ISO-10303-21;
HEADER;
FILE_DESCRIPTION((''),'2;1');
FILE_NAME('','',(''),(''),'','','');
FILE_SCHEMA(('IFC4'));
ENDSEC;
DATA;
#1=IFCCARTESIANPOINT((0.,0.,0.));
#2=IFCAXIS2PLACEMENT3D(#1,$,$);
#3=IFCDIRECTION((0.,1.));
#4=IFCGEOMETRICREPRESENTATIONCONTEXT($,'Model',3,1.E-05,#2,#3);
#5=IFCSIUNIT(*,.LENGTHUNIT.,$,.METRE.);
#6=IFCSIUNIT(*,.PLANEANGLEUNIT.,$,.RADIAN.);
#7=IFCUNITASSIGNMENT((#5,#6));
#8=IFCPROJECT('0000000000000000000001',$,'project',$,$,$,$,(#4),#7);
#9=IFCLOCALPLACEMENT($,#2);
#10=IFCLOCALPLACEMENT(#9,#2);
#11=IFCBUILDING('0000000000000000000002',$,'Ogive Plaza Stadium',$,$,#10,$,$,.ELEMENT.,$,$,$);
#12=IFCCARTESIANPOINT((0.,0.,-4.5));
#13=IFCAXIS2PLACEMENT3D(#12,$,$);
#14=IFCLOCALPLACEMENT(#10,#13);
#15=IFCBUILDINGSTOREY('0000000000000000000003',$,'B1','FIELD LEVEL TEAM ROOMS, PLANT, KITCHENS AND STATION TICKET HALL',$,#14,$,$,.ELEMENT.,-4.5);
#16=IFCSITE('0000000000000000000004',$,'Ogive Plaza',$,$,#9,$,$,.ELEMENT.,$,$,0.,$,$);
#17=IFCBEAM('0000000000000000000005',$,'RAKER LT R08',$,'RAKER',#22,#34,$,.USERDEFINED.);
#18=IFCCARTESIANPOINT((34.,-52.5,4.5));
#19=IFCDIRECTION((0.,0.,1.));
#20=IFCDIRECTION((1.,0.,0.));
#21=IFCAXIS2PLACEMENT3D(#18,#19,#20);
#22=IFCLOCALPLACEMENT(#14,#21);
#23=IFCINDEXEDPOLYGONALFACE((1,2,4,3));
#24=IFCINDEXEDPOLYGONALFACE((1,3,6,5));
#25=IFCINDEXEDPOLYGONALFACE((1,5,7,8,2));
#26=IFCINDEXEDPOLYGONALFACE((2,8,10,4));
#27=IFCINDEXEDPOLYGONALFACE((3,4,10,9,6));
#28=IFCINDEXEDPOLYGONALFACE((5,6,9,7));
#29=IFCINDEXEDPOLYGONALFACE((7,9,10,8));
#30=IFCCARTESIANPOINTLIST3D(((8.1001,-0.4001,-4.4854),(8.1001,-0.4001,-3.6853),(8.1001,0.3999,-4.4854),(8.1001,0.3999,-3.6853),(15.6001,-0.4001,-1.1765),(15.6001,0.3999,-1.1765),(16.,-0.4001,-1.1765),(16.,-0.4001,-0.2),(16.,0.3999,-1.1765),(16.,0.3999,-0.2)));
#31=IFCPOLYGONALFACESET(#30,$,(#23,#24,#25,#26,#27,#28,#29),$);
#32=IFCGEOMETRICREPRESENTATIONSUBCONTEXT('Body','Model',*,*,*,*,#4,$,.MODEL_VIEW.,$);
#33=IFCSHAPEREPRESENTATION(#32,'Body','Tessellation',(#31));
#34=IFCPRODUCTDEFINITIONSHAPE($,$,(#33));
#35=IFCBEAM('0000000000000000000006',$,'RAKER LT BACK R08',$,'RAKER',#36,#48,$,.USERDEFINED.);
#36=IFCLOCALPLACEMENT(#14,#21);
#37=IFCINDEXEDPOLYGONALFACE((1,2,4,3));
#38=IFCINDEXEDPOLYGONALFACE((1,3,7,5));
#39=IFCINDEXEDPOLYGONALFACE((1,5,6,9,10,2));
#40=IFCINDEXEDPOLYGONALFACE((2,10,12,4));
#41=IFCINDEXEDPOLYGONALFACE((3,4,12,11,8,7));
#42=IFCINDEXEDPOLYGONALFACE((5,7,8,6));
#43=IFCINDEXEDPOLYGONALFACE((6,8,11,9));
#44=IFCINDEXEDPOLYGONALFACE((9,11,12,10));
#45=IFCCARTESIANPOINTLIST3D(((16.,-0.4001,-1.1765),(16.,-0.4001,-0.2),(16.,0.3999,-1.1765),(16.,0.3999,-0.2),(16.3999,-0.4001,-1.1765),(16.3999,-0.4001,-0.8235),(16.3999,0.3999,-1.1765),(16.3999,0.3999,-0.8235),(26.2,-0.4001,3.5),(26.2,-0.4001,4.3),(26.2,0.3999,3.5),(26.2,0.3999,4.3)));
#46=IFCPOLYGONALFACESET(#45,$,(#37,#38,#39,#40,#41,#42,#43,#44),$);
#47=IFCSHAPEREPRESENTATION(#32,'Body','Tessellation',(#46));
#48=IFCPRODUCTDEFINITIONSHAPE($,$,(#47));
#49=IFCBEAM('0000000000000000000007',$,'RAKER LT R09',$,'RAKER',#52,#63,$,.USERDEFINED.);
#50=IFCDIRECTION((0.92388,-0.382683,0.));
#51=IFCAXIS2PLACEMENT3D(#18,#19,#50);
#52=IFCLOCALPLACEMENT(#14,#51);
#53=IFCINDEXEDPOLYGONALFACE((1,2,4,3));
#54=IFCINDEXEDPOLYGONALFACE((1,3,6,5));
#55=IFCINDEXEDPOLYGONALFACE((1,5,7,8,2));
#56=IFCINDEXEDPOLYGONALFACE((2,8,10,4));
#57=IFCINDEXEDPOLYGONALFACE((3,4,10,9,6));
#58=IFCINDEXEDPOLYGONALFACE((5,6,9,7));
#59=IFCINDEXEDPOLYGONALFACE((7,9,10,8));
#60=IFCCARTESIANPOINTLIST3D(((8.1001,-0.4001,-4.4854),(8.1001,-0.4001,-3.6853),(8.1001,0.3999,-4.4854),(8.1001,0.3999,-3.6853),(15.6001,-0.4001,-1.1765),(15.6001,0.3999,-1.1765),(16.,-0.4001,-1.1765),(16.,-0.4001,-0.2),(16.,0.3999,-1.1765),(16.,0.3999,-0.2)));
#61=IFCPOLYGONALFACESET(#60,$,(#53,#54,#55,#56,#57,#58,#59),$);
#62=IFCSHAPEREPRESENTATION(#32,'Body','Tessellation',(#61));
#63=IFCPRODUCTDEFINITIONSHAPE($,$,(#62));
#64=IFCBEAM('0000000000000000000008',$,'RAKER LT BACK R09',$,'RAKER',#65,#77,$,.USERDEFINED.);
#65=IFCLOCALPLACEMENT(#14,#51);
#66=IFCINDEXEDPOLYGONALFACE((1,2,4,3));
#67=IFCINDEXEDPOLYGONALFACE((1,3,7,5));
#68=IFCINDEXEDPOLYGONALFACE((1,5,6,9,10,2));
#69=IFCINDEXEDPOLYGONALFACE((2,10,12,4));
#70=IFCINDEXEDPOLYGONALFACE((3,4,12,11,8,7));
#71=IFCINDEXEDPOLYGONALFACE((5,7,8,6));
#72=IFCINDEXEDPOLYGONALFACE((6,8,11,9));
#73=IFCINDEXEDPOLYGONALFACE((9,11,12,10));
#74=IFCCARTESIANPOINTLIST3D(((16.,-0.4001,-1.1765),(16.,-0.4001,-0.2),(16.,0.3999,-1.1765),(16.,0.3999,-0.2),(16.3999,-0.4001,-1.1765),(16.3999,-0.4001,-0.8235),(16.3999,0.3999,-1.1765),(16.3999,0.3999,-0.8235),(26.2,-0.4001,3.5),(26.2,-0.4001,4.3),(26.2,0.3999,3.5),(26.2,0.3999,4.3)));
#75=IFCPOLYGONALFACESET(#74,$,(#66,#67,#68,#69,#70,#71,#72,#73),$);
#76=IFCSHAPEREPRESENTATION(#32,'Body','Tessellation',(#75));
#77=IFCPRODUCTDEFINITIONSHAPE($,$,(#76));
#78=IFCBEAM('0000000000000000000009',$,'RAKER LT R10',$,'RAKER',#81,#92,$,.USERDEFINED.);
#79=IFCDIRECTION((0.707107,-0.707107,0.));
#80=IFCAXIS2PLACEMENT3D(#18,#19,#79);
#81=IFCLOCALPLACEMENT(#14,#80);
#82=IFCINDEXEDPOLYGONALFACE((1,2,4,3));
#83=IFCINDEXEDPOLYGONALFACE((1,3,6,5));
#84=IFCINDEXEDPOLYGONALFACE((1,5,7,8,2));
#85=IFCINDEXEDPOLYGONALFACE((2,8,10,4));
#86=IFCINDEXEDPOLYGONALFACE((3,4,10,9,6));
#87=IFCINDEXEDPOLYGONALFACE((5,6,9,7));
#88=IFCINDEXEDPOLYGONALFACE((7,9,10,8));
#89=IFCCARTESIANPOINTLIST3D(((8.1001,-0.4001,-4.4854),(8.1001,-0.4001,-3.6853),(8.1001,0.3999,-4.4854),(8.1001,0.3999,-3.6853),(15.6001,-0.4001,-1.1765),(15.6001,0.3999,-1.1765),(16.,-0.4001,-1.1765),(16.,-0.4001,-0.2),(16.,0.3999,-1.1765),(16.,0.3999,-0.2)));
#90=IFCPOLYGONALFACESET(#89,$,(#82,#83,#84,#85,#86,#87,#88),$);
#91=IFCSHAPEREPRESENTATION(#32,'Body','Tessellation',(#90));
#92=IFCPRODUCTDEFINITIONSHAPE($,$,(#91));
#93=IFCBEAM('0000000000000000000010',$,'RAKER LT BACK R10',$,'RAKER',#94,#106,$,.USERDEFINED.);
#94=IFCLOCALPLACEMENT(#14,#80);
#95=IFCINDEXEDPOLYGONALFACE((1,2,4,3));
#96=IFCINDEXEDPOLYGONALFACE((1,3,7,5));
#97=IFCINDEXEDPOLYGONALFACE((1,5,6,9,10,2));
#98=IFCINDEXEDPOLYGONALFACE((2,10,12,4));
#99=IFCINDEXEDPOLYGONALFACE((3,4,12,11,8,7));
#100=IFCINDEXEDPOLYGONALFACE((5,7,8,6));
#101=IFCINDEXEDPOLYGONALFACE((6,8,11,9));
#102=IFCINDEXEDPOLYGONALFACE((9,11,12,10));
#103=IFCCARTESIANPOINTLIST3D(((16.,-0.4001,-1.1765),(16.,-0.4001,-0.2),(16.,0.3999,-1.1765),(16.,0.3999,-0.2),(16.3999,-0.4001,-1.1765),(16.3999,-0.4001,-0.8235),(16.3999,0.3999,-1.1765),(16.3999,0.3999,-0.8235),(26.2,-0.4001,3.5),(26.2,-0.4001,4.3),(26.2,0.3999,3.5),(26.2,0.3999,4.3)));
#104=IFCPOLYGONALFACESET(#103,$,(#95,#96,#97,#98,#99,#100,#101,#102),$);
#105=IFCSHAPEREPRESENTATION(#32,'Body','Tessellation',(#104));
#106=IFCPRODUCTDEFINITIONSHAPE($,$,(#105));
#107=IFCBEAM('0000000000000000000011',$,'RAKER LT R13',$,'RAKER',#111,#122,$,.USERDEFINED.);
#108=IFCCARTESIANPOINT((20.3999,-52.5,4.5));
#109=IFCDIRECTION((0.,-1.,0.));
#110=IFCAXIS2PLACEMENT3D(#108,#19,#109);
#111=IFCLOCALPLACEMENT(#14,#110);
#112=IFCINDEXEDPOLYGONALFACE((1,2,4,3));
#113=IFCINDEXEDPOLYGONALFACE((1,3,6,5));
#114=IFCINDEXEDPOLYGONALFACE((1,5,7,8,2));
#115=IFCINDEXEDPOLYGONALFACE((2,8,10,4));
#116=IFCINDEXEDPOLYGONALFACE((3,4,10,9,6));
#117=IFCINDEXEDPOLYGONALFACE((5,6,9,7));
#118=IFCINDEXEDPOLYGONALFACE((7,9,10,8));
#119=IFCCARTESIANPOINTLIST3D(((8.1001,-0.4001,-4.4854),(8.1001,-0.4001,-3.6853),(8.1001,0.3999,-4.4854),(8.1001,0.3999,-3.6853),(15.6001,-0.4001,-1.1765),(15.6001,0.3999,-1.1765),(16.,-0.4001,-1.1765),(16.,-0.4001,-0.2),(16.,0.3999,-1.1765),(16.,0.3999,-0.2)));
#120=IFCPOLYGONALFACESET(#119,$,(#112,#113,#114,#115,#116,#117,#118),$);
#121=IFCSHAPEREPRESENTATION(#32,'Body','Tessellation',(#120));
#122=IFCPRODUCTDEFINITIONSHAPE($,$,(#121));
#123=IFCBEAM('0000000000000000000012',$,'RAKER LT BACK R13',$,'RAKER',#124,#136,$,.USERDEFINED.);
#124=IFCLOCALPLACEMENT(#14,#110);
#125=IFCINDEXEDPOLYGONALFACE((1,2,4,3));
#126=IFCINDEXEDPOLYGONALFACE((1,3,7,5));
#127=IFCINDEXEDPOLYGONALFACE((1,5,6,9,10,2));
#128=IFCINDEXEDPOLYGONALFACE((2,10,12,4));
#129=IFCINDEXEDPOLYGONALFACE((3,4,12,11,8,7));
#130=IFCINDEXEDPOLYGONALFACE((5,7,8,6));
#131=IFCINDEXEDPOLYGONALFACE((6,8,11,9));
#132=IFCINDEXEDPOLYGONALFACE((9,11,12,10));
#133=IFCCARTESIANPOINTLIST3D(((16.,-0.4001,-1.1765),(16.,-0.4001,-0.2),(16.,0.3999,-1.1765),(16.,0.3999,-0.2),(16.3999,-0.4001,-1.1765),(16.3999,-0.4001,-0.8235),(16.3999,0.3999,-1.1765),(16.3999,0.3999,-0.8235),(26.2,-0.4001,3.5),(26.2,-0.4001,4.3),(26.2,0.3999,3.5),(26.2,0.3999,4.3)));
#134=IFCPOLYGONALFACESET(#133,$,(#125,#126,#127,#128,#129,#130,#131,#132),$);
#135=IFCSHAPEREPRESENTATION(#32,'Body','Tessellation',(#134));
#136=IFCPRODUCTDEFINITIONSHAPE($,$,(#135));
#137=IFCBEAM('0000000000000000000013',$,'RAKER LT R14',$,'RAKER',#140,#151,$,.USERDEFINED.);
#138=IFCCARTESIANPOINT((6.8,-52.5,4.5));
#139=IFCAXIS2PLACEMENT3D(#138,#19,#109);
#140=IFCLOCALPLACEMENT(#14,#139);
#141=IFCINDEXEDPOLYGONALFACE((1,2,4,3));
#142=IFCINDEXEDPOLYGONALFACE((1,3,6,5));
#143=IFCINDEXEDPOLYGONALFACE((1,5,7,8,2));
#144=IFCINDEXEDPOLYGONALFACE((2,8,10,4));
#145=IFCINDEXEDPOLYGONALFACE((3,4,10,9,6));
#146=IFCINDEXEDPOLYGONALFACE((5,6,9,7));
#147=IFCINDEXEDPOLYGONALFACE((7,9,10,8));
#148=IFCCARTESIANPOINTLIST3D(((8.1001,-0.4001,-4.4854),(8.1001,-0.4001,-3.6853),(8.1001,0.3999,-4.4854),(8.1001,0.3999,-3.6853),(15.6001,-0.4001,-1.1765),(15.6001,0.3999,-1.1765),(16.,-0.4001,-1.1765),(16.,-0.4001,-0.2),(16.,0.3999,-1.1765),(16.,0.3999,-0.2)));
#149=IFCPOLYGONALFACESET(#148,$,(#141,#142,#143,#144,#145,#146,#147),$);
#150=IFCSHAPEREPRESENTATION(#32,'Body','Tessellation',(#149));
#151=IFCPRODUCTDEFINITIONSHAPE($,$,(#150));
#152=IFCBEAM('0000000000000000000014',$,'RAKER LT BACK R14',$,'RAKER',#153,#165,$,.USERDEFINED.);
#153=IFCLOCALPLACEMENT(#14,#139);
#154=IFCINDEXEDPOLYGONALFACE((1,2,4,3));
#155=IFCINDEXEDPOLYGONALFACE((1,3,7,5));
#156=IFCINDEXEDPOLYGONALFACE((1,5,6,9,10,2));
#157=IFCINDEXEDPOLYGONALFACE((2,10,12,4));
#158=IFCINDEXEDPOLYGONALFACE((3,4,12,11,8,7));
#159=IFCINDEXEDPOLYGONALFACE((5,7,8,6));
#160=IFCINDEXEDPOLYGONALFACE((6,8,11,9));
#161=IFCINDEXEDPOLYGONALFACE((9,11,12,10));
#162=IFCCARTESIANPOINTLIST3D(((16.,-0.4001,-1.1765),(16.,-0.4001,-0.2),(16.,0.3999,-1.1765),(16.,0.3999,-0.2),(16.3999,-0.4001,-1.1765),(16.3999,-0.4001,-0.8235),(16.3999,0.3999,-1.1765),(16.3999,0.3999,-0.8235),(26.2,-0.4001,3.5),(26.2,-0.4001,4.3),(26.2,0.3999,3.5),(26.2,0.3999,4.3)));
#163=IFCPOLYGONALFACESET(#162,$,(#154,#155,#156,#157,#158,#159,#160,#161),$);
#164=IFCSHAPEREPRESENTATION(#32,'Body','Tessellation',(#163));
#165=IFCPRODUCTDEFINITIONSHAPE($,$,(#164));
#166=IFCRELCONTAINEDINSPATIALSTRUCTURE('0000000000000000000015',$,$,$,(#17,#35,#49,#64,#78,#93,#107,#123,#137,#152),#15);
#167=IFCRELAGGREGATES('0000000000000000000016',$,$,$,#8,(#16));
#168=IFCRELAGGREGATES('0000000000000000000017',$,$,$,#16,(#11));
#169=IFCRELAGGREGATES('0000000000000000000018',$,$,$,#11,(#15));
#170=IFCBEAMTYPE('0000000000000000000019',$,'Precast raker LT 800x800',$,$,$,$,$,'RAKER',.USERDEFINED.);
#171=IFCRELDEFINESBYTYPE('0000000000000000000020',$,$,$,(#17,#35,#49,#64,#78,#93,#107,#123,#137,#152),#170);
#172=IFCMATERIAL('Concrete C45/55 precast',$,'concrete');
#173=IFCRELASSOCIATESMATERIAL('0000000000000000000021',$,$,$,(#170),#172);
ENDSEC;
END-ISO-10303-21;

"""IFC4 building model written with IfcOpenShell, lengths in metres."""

from ifc_helpers import new_model, si_unit, direction, frame, origin, origin_2d, place, context, subcontext, project, spatial, polyline, rectangle, outline, extrude, material, material_profile, profile_set, type_object, element, save


model = new_model("IFC4")

# Units and contexts
model_context = context("Model", 3, precision=1e-05, world=origin(), true_north=direction((0.0, 1.0)))
body_context = subcontext(model_context, "Body", "Model", "MODEL_VIEW")
ifc_project = project(units=[si_unit("LENGTHUNIT", "METRE"), si_unit("PLANEANGLEUNIT", "RADIAN")], contexts=[model_context])

# Site, building, storey
site_placement = place(None, origin())
site = spatial("IfcSite", under=ifc_project, at=site_placement, Name="Ogive Plaza", CompositionType="ELEMENT", RefElevation=0.0)
building_placement = place(site_placement, origin())
building = spatial("IfcBuilding", under=site, at=building_placement, Name="Ogive Plaza Stadium", CompositionType="ELEMENT")
storey_placement = place(building_placement, frame((0.0, 0.0, -4.5)))
storey = spatial("IfcBuildingStorey", under=building, at=storey_placement, Name="B1", Description="FIELD LEVEL TEAM ROOMS, PLANT, KITCHENS AND STATION TICKET HALL", CompositionType="ELEMENT", Elevation=-4.5)

# Beams
ifc_material_1 = material(Name="Concrete C45/55 precast", Category="concrete")
ifc_material_profile_1 = material_profile(ifc_material_1, rectangle(XDim=0.8, YDim=0.8, at=origin_2d()), Name="RC 800x800")
ifc_profile_set_1 = profile_set([ifc_material_profile_1], Name="Concrete C45/55 precast")
beam_type = type_object("IfcBeamType", Name="Precast raker LT 800x800", ElementType="RAKER", PredefinedType="USERDEFINED", material=ifc_profile_set_1)
beam_1_placement = place(storey_placement, frame((34.0, -52.5, 4.5), z_axis=(0.0, 0.0, 1.0), x_axis=(1.0, 0.0, 0.0)))
element("IfcBeam", 1, at=beam_1_placement, inside=storey, type_object=beam_type, Name="RAKER LT R08", ObjectType="RAKER", PredefinedType="USERDEFINED", context=body_context, shape_type="SweptSolid", body=[
    extrude(outline(polyline([(8.1001, -4.4854), (15.6001, -1.1765), (16.0, -1.1765), (16.0, -0.2), (8.1001, -3.6853), (8.1001, -4.4854)])), frame((0.0, 0.3999, 0.0), z_axis=(0.0, -1.0, 0.0), x_axis=(1.0, 0.0, 0.0)), (0.0, 0.0, 1.0), 0.8),
])
beam_2_placement = place(storey_placement, frame((34.0, -52.5, 4.5), z_axis=(0.0, 0.0, 1.0), x_axis=(1.0, 0.0, 0.0)))
element("IfcBeam", 2, at=beam_2_placement, inside=storey, type_object=beam_type, Name="RAKER LT BACK R08", ObjectType="RAKER", PredefinedType="USERDEFINED", context=body_context, shape_type="SweptSolid", body=[
    extrude(outline(polyline([(16.0, -1.1765), (16.3999, -1.1765), (16.3999, -0.8235), (26.2, 3.5), (26.2, 4.3), (16.0, -0.2), (16.0, -1.1765)])), frame((0.0, 0.3999, 0.0), z_axis=(0.0, -1.0, 0.0), x_axis=(1.0, 0.0, 0.0)), (0.0, 0.0, 1.0), 0.8),
])
beam_3_placement = place(storey_placement, frame((34.0, -52.5, 4.5), z_axis=(0.0, 0.0, 1.0), x_axis=(0.92388, -0.382683, 0.0)))
element("IfcBeam", 3, at=beam_3_placement, inside=storey, type_object=beam_type, Name="RAKER LT R09", ObjectType="RAKER", PredefinedType="USERDEFINED", context=body_context, shape_type="SweptSolid", body=[
    extrude(outline(polyline([(8.1001, -4.4854), (15.6001, -1.1765), (16.0, -1.1765), (16.0, -0.2), (8.1001, -3.6853), (8.1001, -4.4854)])), frame((0.0, 0.3999, 0.0), z_axis=(0.0, -1.0, 0.0), x_axis=(1.0, 0.0, 0.0)), (0.0, 0.0, 1.0), 0.8),
])
beam_4_placement = place(storey_placement, frame((34.0, -52.5, 4.5), z_axis=(0.0, 0.0, 1.0), x_axis=(0.92388, -0.382683, 0.0)))
element("IfcBeam", 4, at=beam_4_placement, inside=storey, type_object=beam_type, Name="RAKER LT BACK R09", ObjectType="RAKER", PredefinedType="USERDEFINED", context=body_context, shape_type="SweptSolid", body=[
    extrude(outline(polyline([(16.0, -1.1765), (16.3999, -1.1765), (16.3999, -0.8235), (26.2, 3.5), (26.2, 4.3), (16.0, -0.2), (16.0, -1.1765)])), frame((0.0, 0.3999, 0.0), z_axis=(0.0, -1.0, 0.0), x_axis=(1.0, 0.0, 0.0)), (0.0, 0.0, 1.0), 0.8),
])
beam_5_placement = place(storey_placement, frame((34.0, -52.5, 4.5), z_axis=(0.0, 0.0, 1.0), x_axis=(0.707107, -0.707107, 0.0)))
element("IfcBeam", 5, at=beam_5_placement, inside=storey, type_object=beam_type, Name="RAKER LT R10", ObjectType="RAKER", PredefinedType="USERDEFINED", context=body_context, shape_type="SweptSolid", body=[
    extrude(outline(polyline([(8.1001, -4.4854), (15.6001, -1.1765), (16.0, -1.1765), (16.0, -0.2), (8.1001, -3.6853), (8.1001, -4.4854)])), frame((0.0, 0.3999, 0.0), z_axis=(0.0, -1.0, 0.0), x_axis=(1.0, 0.0, 0.0)), (0.0, 0.0, 1.0), 0.8),
])
beam_6_placement = place(storey_placement, frame((34.0, -52.5, 4.5), z_axis=(0.0, 0.0, 1.0), x_axis=(0.707107, -0.707107, 0.0)))
element("IfcBeam", 6, at=beam_6_placement, inside=storey, type_object=beam_type, Name="RAKER LT BACK R10", ObjectType="RAKER", PredefinedType="USERDEFINED", context=body_context, shape_type="SweptSolid", body=[
    extrude(outline(polyline([(16.0, -1.1765), (16.3999, -1.1765), (16.3999, -0.8235), (26.2, 3.5), (26.2, 4.3), (16.0, -0.2), (16.0, -1.1765)])), frame((0.0, 0.3999, 0.0), z_axis=(0.0, -1.0, 0.0), x_axis=(1.0, 0.0, 0.0)), (0.0, 0.0, 1.0), 0.8),
])
beam_7_placement = place(storey_placement, frame((20.3999, -52.5, 4.5), z_axis=(0.0, 0.0, 1.0), x_axis=(0.0, -1.0, 0.0)))
element("IfcBeam", 7, at=beam_7_placement, inside=storey, type_object=beam_type, Name="RAKER LT R13", ObjectType="RAKER", PredefinedType="USERDEFINED", context=body_context, shape_type="SweptSolid", body=[
    extrude(outline(polyline([(8.1001, -4.4854), (15.6001, -1.1765), (16.0, -1.1765), (16.0, -0.2), (8.1001, -3.6853), (8.1001, -4.4854)])), frame((0.0, 0.3999, 0.0), z_axis=(0.0, -1.0, 0.0), x_axis=(1.0, 0.0, 0.0)), (0.0, 0.0, 1.0), 0.8),
])
beam_8_placement = place(storey_placement, frame((20.3999, -52.5, 4.5), z_axis=(0.0, 0.0, 1.0), x_axis=(0.0, -1.0, 0.0)))
element("IfcBeam", 8, at=beam_8_placement, inside=storey, type_object=beam_type, Name="RAKER LT BACK R13", ObjectType="RAKER", PredefinedType="USERDEFINED", context=body_context, shape_type="SweptSolid", body=[
    extrude(outline(polyline([(16.0, -1.1765), (16.3999, -1.1765), (16.3999, -0.8235), (26.2, 3.5), (26.2, 4.3), (16.0, -0.2), (16.0, -1.1765)])), frame((0.0, 0.3999, 0.0), z_axis=(0.0, -1.0, 0.0), x_axis=(1.0, 0.0, 0.0)), (0.0, 0.0, 1.0), 0.8),
])
beam_9_placement = place(storey_placement, frame((6.8, -52.5, 4.5), z_axis=(0.0, 0.0, 1.0), x_axis=(0.0, -1.0, 0.0)))
element("IfcBeam", 9, at=beam_9_placement, inside=storey, type_object=beam_type, Name="RAKER LT R14", ObjectType="RAKER", PredefinedType="USERDEFINED", context=body_context, shape_type="SweptSolid", body=[
    extrude(outline(polyline([(8.1001, -4.4854), (15.6001, -1.1765), (16.0, -1.1765), (16.0, -0.2), (8.1001, -3.6853), (8.1001, -4.4854)])), frame((0.0, 0.3999, 0.0), z_axis=(0.0, -1.0, 0.0), x_axis=(1.0, 0.0, 0.0)), (0.0, 0.0, 1.0), 0.8),
])
beam_10_placement = place(storey_placement, frame((6.8, -52.5, 4.5), z_axis=(0.0, 0.0, 1.0), x_axis=(0.0, -1.0, 0.0)))
element("IfcBeam", 10, at=beam_10_placement, inside=storey, type_object=beam_type, Name="RAKER LT BACK R14", ObjectType="RAKER", PredefinedType="USERDEFINED", context=body_context, shape_type="SweptSolid", body=[
    extrude(outline(polyline([(16.0, -1.1765), (16.3999, -1.1765), (16.3999, -0.8235), (26.2, 3.5), (26.2, 4.3), (16.0, -0.2), (16.0, -1.1765)])), frame((0.0, 0.3999, 0.0), z_axis=(0.0, -1.0, 0.0), x_axis=(1.0, 0.0, 0.0)), (0.0, 0.0, 1.0), 0.8),
])

save(model, "model.ifc")
